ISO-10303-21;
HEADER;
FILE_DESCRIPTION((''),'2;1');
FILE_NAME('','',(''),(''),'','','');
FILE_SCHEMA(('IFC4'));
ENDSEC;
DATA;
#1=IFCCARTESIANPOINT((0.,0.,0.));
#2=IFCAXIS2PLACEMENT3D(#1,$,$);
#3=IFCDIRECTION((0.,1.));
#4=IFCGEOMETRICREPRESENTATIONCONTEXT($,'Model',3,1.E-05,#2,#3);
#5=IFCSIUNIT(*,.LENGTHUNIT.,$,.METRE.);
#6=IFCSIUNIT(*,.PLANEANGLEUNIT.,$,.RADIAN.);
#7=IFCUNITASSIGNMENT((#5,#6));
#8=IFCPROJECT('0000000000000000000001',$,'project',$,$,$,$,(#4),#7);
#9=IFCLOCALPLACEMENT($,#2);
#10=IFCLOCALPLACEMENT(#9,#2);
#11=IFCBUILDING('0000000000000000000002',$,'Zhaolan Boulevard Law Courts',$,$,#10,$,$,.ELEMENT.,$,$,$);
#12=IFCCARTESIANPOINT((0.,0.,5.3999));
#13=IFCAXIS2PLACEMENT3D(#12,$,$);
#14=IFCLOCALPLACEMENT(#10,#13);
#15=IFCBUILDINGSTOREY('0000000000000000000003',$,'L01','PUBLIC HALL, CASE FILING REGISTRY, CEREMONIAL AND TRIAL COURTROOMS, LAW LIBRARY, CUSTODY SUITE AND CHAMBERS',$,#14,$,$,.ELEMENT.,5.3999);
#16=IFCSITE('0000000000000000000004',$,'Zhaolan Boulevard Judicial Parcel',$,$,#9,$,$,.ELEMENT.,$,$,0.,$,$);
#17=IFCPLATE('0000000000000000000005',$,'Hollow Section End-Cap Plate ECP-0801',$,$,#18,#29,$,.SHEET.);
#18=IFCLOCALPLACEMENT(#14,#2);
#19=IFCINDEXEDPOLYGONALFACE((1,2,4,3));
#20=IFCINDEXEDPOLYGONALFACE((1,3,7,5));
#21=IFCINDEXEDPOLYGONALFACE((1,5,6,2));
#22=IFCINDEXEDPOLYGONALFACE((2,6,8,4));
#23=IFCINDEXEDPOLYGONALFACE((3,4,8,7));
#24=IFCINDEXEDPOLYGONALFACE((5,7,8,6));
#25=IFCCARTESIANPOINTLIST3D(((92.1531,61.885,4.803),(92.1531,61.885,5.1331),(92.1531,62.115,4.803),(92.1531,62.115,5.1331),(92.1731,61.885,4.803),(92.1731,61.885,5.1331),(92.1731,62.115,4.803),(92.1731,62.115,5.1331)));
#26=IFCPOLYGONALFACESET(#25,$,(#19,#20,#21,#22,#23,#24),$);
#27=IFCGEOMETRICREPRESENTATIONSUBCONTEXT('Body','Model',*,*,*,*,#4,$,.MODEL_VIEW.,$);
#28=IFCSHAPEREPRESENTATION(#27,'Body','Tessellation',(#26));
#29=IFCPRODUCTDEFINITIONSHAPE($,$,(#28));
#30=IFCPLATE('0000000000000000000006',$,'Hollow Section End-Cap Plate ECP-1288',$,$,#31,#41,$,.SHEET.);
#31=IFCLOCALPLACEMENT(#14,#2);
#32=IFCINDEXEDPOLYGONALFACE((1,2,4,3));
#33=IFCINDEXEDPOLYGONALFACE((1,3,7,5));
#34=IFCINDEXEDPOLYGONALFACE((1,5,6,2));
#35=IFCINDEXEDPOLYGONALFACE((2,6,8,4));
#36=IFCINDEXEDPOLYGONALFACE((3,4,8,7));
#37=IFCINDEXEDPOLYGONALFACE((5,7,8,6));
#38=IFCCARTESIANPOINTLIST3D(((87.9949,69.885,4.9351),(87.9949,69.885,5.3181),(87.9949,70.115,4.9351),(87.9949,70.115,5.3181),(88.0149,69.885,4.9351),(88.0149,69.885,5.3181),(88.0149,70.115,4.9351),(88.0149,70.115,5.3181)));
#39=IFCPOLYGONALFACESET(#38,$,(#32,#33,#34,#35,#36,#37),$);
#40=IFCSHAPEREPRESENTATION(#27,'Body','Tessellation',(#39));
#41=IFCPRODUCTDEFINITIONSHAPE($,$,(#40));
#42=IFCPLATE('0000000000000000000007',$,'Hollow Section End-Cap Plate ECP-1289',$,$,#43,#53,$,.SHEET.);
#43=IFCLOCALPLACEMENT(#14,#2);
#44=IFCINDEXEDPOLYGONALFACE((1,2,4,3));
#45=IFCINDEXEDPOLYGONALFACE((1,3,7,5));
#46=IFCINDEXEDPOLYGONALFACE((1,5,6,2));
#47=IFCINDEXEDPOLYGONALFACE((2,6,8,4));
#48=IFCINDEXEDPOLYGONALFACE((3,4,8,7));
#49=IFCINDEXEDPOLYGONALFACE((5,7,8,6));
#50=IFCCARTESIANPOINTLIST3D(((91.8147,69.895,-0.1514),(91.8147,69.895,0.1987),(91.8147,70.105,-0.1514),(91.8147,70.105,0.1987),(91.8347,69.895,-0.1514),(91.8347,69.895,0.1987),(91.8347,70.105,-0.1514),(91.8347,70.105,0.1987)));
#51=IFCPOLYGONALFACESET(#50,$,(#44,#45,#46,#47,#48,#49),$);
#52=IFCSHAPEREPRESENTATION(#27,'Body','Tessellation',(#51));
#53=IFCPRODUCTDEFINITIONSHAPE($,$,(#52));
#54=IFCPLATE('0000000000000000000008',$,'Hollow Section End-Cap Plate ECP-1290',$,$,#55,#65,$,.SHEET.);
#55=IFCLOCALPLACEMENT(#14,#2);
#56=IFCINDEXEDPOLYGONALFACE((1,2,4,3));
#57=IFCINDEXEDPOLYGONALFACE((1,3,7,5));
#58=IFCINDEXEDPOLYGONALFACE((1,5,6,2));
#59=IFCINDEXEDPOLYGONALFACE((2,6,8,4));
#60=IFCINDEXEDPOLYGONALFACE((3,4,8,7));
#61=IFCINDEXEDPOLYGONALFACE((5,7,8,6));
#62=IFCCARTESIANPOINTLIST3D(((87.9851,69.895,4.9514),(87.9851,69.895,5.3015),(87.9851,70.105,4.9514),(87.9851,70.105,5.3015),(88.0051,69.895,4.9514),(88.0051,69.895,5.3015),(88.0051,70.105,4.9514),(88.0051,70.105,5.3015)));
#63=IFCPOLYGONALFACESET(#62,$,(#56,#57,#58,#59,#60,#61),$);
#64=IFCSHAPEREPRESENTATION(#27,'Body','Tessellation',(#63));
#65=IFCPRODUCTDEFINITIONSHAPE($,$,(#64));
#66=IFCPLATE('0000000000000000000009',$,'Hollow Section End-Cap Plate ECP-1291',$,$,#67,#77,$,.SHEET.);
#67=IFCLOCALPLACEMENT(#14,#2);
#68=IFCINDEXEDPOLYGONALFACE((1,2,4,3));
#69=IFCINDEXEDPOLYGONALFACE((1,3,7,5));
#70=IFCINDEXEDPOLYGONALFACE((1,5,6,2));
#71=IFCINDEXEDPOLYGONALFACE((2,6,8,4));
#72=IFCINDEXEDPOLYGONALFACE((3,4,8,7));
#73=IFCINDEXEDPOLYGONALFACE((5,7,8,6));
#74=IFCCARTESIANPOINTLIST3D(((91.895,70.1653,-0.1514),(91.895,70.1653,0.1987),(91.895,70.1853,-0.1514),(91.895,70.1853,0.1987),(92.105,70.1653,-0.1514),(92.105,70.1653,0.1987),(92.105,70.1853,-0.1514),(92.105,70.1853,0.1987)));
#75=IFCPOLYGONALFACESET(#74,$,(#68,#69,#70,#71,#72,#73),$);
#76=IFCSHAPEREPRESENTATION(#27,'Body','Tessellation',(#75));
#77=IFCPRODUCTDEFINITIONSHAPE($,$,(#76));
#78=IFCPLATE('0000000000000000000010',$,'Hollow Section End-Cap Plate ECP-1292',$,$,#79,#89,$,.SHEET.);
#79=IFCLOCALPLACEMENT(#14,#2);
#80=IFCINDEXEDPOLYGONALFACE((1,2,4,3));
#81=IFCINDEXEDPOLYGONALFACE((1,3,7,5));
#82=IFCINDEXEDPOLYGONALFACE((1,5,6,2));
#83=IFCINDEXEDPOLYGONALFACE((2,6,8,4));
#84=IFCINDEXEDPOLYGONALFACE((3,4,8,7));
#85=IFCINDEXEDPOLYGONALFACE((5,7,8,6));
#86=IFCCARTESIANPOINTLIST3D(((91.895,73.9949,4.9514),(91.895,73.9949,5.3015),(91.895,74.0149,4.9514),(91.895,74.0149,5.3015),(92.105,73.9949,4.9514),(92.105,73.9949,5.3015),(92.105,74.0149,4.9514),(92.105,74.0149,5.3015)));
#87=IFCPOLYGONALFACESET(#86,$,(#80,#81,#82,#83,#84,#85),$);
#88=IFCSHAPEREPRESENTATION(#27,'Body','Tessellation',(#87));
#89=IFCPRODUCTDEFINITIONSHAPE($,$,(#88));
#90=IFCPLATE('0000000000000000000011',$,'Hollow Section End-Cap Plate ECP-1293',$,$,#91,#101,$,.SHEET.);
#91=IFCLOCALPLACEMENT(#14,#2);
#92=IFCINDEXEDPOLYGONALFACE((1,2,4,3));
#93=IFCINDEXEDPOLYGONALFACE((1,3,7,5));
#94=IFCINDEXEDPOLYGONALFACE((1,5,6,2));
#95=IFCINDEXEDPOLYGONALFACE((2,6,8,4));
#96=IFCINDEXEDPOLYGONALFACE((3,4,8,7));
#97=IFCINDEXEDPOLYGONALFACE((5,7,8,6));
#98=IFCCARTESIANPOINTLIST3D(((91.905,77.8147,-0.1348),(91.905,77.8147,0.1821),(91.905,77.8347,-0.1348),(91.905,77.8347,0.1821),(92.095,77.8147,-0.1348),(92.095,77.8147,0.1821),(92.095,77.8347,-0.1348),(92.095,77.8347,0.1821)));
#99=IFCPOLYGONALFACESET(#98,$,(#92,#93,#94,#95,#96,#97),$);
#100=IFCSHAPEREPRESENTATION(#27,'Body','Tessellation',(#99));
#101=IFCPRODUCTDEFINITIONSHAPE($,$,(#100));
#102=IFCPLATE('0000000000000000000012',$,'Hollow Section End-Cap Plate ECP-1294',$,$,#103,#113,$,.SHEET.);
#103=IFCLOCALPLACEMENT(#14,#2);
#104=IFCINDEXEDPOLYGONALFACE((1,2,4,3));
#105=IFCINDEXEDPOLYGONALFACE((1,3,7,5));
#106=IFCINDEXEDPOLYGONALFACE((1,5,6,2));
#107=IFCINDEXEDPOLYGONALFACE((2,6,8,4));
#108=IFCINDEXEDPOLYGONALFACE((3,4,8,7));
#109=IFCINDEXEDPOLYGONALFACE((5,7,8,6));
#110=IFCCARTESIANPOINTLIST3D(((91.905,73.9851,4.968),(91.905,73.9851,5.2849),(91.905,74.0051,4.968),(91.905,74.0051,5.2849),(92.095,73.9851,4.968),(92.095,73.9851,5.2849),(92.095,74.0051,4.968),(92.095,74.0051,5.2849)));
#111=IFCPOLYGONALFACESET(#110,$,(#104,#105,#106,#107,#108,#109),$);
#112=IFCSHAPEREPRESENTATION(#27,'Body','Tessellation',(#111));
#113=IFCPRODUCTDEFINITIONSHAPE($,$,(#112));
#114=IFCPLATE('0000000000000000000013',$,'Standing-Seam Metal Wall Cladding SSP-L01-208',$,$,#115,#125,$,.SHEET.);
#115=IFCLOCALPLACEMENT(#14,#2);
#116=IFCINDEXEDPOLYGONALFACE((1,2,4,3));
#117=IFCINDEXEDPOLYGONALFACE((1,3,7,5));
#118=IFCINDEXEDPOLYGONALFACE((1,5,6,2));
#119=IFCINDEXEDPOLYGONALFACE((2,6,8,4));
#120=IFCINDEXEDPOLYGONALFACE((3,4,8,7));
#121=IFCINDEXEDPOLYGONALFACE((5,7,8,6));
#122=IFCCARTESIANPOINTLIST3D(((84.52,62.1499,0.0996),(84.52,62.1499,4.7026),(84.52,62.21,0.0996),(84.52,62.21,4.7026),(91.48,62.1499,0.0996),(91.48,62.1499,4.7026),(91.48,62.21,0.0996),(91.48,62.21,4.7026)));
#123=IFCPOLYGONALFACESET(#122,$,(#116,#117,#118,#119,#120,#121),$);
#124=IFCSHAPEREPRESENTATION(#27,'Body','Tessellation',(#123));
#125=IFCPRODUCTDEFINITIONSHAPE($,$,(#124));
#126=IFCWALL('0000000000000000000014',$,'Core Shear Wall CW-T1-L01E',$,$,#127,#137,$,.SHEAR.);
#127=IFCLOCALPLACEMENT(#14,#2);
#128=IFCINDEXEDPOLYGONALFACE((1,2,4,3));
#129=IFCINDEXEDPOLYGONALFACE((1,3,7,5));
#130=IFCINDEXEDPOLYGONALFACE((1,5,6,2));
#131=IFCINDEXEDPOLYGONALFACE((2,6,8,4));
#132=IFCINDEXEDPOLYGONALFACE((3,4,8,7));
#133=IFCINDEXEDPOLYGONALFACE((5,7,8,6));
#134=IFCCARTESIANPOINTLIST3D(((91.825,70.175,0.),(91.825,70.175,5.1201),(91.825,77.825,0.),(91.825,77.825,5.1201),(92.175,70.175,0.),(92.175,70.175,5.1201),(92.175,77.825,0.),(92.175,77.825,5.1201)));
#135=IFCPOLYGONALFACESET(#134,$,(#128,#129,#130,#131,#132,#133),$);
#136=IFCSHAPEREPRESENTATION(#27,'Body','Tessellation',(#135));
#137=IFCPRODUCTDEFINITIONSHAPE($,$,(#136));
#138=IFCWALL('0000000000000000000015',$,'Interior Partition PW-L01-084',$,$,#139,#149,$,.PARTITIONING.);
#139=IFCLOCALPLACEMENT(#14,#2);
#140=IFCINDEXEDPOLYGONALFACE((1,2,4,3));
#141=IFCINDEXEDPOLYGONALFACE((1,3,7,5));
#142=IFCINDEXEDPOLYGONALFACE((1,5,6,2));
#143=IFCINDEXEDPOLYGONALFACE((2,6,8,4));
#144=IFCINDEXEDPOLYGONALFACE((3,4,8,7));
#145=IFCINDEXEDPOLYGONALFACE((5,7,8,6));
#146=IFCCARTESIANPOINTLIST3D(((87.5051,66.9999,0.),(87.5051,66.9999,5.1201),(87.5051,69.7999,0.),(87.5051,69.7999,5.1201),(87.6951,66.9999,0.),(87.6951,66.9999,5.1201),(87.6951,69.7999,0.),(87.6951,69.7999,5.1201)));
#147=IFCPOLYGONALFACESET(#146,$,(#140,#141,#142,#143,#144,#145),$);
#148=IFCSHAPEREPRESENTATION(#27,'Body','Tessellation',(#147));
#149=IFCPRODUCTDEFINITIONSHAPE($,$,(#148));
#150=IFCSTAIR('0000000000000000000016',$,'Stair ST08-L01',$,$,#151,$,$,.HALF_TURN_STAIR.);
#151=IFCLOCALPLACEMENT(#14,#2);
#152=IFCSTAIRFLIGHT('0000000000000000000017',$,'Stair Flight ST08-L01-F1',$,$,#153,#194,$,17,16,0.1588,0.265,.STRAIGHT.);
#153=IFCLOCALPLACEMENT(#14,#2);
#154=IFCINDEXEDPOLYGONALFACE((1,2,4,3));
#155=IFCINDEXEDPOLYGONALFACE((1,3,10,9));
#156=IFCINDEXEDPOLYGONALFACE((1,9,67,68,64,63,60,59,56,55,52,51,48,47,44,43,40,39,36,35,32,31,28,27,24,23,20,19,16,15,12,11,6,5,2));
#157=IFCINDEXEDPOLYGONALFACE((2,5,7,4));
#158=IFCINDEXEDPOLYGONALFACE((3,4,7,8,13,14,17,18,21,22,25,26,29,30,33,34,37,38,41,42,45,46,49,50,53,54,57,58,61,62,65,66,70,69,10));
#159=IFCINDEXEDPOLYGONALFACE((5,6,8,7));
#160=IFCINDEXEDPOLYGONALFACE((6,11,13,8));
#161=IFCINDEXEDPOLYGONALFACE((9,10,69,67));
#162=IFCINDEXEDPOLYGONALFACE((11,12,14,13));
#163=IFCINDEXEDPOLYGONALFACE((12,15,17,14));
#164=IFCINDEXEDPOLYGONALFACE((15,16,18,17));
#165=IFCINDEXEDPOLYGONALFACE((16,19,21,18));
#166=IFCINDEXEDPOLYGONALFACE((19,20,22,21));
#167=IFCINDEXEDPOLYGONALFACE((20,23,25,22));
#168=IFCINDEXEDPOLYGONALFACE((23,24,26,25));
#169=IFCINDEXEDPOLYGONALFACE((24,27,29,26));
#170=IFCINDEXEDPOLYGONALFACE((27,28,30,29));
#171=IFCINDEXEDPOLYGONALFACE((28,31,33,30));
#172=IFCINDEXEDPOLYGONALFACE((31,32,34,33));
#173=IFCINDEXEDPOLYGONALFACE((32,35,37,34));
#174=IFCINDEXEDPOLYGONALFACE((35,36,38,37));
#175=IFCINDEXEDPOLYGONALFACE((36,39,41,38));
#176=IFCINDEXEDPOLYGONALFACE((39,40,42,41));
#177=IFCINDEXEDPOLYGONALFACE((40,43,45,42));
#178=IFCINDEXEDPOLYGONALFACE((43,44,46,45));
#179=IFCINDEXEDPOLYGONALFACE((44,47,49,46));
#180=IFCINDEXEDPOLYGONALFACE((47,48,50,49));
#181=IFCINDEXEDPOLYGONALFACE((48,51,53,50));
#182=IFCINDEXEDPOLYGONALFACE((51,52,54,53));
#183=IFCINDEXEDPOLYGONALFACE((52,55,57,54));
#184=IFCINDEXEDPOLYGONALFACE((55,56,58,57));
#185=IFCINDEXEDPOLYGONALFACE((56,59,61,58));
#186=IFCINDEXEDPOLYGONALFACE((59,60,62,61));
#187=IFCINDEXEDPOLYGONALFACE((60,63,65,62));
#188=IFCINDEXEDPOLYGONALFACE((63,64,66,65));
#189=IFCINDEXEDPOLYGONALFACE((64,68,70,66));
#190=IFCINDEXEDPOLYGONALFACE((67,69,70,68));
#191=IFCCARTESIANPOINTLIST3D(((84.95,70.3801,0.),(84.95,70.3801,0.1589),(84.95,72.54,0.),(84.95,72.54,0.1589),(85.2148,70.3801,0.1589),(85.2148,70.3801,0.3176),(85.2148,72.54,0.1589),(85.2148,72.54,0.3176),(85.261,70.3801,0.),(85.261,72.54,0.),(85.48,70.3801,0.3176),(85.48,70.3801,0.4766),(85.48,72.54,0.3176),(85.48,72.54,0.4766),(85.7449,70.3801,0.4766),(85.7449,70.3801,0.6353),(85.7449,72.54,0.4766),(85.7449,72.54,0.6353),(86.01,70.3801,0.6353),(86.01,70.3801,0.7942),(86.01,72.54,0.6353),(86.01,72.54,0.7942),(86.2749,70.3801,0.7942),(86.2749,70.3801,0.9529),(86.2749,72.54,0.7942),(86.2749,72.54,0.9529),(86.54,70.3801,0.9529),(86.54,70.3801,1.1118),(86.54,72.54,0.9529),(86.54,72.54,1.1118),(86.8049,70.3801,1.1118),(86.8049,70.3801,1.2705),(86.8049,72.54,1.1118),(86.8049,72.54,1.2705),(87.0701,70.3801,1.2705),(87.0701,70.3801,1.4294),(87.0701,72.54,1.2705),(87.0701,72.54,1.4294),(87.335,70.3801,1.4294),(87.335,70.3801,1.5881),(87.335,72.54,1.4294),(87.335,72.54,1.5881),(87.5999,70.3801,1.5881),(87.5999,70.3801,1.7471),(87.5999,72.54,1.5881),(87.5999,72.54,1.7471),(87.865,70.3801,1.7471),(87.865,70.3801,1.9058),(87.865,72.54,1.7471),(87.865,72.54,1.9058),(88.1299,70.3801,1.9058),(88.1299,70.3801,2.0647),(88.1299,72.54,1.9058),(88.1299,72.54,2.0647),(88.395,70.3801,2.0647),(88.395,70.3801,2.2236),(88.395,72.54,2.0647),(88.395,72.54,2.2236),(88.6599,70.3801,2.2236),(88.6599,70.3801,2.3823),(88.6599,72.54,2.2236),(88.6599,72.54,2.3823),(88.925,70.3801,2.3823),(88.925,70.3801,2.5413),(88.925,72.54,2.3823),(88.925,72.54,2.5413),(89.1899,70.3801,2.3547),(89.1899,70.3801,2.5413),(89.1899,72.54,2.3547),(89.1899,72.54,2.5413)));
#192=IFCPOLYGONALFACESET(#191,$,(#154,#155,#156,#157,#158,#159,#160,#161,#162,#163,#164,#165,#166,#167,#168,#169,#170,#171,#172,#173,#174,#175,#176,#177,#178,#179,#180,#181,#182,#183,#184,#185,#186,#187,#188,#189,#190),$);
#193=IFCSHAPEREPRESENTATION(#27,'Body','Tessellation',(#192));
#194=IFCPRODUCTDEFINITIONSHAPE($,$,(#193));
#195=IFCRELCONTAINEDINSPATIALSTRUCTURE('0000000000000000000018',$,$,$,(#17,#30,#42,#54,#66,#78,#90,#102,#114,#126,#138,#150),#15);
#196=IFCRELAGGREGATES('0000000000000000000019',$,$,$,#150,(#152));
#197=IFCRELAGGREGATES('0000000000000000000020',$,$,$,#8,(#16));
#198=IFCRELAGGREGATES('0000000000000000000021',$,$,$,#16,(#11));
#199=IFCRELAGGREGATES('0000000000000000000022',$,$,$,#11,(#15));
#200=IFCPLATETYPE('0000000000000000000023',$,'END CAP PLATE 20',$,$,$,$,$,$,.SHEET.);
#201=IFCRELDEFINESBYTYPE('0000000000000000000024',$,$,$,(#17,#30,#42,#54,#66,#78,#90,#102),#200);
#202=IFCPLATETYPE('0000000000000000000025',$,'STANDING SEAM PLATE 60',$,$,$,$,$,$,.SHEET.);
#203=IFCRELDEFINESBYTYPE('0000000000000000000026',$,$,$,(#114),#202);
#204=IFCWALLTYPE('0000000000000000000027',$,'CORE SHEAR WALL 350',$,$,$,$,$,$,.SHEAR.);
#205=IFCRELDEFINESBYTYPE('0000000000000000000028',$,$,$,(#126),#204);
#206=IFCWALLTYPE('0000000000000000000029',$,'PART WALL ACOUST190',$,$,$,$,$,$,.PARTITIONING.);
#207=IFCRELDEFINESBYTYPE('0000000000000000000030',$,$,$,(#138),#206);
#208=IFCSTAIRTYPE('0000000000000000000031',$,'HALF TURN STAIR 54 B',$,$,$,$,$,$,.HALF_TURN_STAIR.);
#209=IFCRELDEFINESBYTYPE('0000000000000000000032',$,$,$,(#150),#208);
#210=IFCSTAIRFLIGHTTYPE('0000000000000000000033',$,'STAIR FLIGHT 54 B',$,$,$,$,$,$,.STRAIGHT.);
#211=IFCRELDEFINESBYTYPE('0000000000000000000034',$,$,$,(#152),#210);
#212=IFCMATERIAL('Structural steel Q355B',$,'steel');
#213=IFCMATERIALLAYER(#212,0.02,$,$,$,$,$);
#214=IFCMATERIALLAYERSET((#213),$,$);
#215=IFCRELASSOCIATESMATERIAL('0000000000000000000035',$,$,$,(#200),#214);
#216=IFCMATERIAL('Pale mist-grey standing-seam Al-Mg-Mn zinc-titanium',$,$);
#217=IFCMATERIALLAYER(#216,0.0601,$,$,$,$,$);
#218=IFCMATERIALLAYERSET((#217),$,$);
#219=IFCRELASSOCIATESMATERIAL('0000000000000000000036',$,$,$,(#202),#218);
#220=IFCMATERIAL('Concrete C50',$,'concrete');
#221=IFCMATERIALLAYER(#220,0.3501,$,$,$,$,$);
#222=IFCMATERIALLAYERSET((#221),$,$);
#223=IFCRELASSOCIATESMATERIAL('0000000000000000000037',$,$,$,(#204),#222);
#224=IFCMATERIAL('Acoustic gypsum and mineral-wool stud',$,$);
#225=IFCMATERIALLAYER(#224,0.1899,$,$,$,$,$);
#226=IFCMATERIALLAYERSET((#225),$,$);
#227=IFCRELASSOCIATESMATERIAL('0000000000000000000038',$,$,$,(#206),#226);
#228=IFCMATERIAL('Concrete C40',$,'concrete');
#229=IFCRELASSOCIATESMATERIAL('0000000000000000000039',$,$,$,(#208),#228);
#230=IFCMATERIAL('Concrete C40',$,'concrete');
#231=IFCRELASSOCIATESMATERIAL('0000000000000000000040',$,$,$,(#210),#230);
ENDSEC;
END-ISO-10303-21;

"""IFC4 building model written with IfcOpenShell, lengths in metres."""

from ifc_helpers import new_model, si_unit, direction, frame, frame_2d, origin, origin_2d, place, context, subcontext, project, spatial, polyline, rectangle, outline, extrude, material, layer, layer_set, type_object, element, aggregate, save


model = new_model("IFC4")

# Units and contexts
model_context = context("Model", 3, precision=1e-05, world=origin(), true_north=direction((0.0, 1.0)))
body_context = subcontext(model_context, "Body", "Model", "MODEL_VIEW")
ifc_project = project(units=[si_unit("LENGTHUNIT", "METRE"), si_unit("PLANEANGLEUNIT", "RADIAN")], contexts=[model_context])

# Site, building, storey
site_placement = place(None, origin())
site = spatial("IfcSite", under=ifc_project, at=site_placement, Name="Zhaolan Boulevard Judicial Parcel", CompositionType="ELEMENT", RefElevation=0.0)
building_placement = place(site_placement, origin())
building = spatial("IfcBuilding", under=site, at=building_placement, Name="Zhaolan Boulevard Law Courts", CompositionType="ELEMENT")
storey_placement = place(building_placement, frame((0.0, 0.0, 5.3999)))
storey = spatial("IfcBuildingStorey", under=building, at=storey_placement, Name="L01", Description="PUBLIC HALL, CASE FILING REGISTRY, CEREMONIAL AND TRIAL COURTROOMS, LAW LIBRARY, CUSTODY SUITE AND CHAMBERS", CompositionType="ELEMENT", Elevation=5.3999)

# Plates
ifc_material_1 = material(Name="Structural steel Q355B", Category="steel")
ifc_layer_1 = layer(ifc_material_1, 0.02)
ifc_layer_set_1 = layer_set([ifc_layer_1])
plate_type_1 = type_object("IfcPlateType", Name="END CAP PLATE 20", PredefinedType="SHEET", material=ifc_layer_set_1)
for number, where, z_axis, x_axis, name in (
    (1, (92.1631, 62.0, 4.803), (0.0, 0.0, 1.0), (1.0, 0.0, 0.0), "Hollow Section End-Cap Plate ECP-0801"),
):
    element("IfcPlate", number, at=place(storey_placement, frame(where, z_axis=z_axis, x_axis=x_axis)), inside=storey, type_object=plate_type_1, Name=name, PredefinedType="SHEET", context=body_context, shape_type="SweptSolid", body=[
        extrude(rectangle(XDim=0.02, YDim=0.23, at=origin_2d()), origin(), (0.0, 0.0, 1.0), 0.3301),
    ])
plate_1_placement = place(storey_placement, frame((88.0049, 70.0, 4.9351), z_axis=(0.0, 0.0, 1.0), x_axis=(1.0, 0.0, 0.0)))
element("IfcPlate", 2, at=plate_1_placement, inside=storey, type_object=plate_type_1, Name="Hollow Section End-Cap Plate ECP-1288", PredefinedType="SHEET", context=body_context, shape_type="SweptSolid", body=[
    extrude(rectangle(XDim=0.02, YDim=0.23, at=origin_2d()), origin(), (0.0, 0.0, 1.0), 0.3831),
])
for number, where, z_axis, x_axis, name in (
    (3, (91.8247, 70.0, -0.1514), (0.0, 0.0, 1.0), (-1.0, 0.0, 0.0), "Hollow Section End-Cap Plate ECP-1289"),
    (4, (87.9951, 70.0, 4.9514), (0.0, 0.0, 1.0), (-1.0, 0.0, 0.0), "Hollow Section End-Cap Plate ECP-1290"),
    (5, (92.0, 70.1753, -0.1514), (0.0, 0.0, 1.0), (0.0, 1.0, 0.0), "Hollow Section End-Cap Plate ECP-1291"),
    (6, (92.0, 74.0049, 4.9514), (0.0, 0.0, 1.0), (0.0, 1.0, 0.0), "Hollow Section End-Cap Plate ECP-1292"),
):
    element("IfcPlate", number, at=place(storey_placement, frame(where, z_axis=z_axis, x_axis=x_axis)), inside=storey, type_object=plate_type_1, Name=name, PredefinedType="SHEET", context=body_context, shape_type="SweptSolid", body=[
        extrude(rectangle(XDim=0.02, YDim=0.21, at=origin_2d()), origin(), (0.0, 0.0, 1.0), 0.3501),
    ])
for number, where, z_axis, x_axis, name in (
    (7, (92.0, 77.8247, -0.1348), (0.0, 0.0, 1.0), (0.0, -1.0, 0.0), "Hollow Section End-Cap Plate ECP-1293"),
    (8, (92.0, 73.9951, 4.968), (0.0, 0.0, 1.0), (0.0, -1.0, 0.0), "Hollow Section End-Cap Plate ECP-1294"),
):
    element("IfcPlate", number, at=place(storey_placement, frame(where, z_axis=z_axis, x_axis=x_axis)), inside=storey, type_object=plate_type_1, Name=name, PredefinedType="SHEET", context=body_context, shape_type="SweptSolid", body=[
        extrude(rectangle(XDim=0.02, YDim=0.1899, at=origin_2d()), origin(), (0.0, 0.0, 1.0), 0.3169),
    ])
ifc_material_2 = material(Name="Pale mist-grey standing-seam Al-Mg-Mn zinc-titanium")
ifc_layer_2 = layer(ifc_material_2, 0.0601)
ifc_layer_set_2 = layer_set([ifc_layer_2])
plate_type_2 = type_object("IfcPlateType", Name="STANDING SEAM PLATE 60", PredefinedType="SHEET", material=ifc_layer_set_2)
plate_2_placement = place(storey_placement, frame((88.0, 62.1799, 0.0996), z_axis=(0.0, 0.0, 1.0), x_axis=(1.0, 0.0, 0.0)))
element("IfcPlate", 9, at=plate_2_placement, inside=storey, type_object=plate_type_2, Name="Standing-Seam Metal Wall Cladding SSP-L01-208", PredefinedType="SHEET", context=body_context, shape_type="SweptSolid", body=[
    extrude(rectangle(XDim=6.96, YDim=0.0601, at=origin_2d()), origin(), (0.0, 0.0, 1.0), 4.603),
])

# Walls
ifc_material_3 = material(Name="Concrete C50", Category="concrete")
ifc_layer_3 = layer(ifc_material_3, 0.3501)
ifc_layer_set_3 = layer_set([ifc_layer_3])
wall_type_1 = type_object("IfcWallType", Name="CORE SHEAR WALL 350", PredefinedType="SHEAR", material=ifc_layer_set_3)
wall_1_placement = place(storey_placement, frame((92.0, 70.175, 0.0), z_axis=(0.0, 0.0, 1.0), x_axis=(0.0, 1.0, 0.0)))
element("IfcWall", 10, at=wall_1_placement, inside=storey, type_object=wall_type_1, Name="Core Shear Wall CW-T1-L01E", PredefinedType="SHEAR", context=body_context, shape_type="SweptSolid", body=[
    extrude(rectangle(XDim=7.6499, YDim=0.3501, at=frame_2d((3.825, 0.0))), origin(), (0.0, 0.0, 1.0), 5.1201),
])
ifc_material_4 = material(Name="Acoustic gypsum and mineral-wool stud")
ifc_layer_4 = layer(ifc_material_4, 0.1899)
ifc_layer_set_4 = layer_set([ifc_layer_4])
wall_type_2 = type_object("IfcWallType", Name="PART WALL ACOUST190", PredefinedType="PARTITIONING", material=ifc_layer_set_4)
wall_2_placement = place(storey_placement, frame((87.6001, 67.0, 0.0), z_axis=(0.0, 0.0, 1.0), x_axis=(0.0, 1.0, 0.0)))
element("IfcWall", 11, at=wall_2_placement, inside=storey, type_object=wall_type_2, Name="Interior Partition PW-L01-084", PredefinedType="PARTITIONING", context=body_context, shape_type="SweptSolid", body=[
    extrude(rectangle(XDim=2.8, YDim=0.1899, at=frame_2d((1.3999, 0.0))), origin(), (0.0, 0.0, 1.0), 5.1201),
])

# Stair, stair flight
ifc_material_5 = material(Name="Concrete C40", Category="concrete")
stair_type = type_object("IfcStairType", Name="HALF TURN STAIR 54 B", PredefinedType="HALF_TURN_STAIR", material=ifc_material_5)
stair_placement = place(storey_placement, origin())
stair = element("IfcStair", 12, at=stair_placement, inside=storey, type_object=stair_type, Name="Stair ST08-L01", PredefinedType="HALF_TURN_STAIR")
ifc_material_6 = material(Name="Concrete C40", Category="concrete")
stair_flight_type = type_object("IfcStairFlightType", Name="STAIR FLIGHT 54 B", PredefinedType="STRAIGHT", material=ifc_material_6)
stair_flight_1_placement = place(storey_placement, frame((84.95, 71.46, 0.0), z_axis=(0.0, 0.0, 1.0), x_axis=(1.0, 0.0, 0.0)))
stair_flight_1 = element("IfcStairFlight", 13, at=stair_flight_1_placement, type_object=stair_flight_type, Name="Stair Flight ST08-L01-F1", NumberOfRisers=17, NumberOfTreads=16, PredefinedType="STRAIGHT", RiserHeight=0.1588, TreadLength=0.265, context=body_context, shape_type="SweptSolid", body=[
    extrude(outline(polyline([(0.0, 0.0), (0.0, 0.1589), (0.2649, 0.1589), (0.2649, 0.3176), (0.53, 0.3176), (0.53, 0.4766), (0.7949, 0.4766), (0.7949, 0.6353), (1.0601, 0.6353), (1.0601, 0.7942), (1.325, 0.7942), (1.325, 0.9529), (1.5901, 0.9529), (1.5901, 1.1118), (1.855, 1.1118), (1.855, 1.2705), (2.1201, 1.2705), (2.1201, 1.4294), (2.385, 1.4294), (2.385, 1.5881), (2.6499, 1.5881), (2.6499, 1.7471), (2.915, 1.7471), (2.915, 1.9058), (3.1799, 1.9058), (3.1799, 2.0647), (3.4451, 2.0647), (3.4451, 2.2236), (3.71, 2.2236), (3.71, 2.3823), (3.9751, 2.3823), (3.9751, 2.5413), (4.24, 2.5413), (4.24, 2.7), (4.24, 2.3547), (0.311, 0.0), (0.0, 0.0)])), frame((0.0, 1.0801, 0.0), z_axis=(0.0, -1.0, 0.0), x_axis=(1.0, 0.0, 0.0)), (0.0, 0.0, 1.0), 2.1599),
])
aggregate(stair, [stair_flight_1])

save(model, "model.ifc")
